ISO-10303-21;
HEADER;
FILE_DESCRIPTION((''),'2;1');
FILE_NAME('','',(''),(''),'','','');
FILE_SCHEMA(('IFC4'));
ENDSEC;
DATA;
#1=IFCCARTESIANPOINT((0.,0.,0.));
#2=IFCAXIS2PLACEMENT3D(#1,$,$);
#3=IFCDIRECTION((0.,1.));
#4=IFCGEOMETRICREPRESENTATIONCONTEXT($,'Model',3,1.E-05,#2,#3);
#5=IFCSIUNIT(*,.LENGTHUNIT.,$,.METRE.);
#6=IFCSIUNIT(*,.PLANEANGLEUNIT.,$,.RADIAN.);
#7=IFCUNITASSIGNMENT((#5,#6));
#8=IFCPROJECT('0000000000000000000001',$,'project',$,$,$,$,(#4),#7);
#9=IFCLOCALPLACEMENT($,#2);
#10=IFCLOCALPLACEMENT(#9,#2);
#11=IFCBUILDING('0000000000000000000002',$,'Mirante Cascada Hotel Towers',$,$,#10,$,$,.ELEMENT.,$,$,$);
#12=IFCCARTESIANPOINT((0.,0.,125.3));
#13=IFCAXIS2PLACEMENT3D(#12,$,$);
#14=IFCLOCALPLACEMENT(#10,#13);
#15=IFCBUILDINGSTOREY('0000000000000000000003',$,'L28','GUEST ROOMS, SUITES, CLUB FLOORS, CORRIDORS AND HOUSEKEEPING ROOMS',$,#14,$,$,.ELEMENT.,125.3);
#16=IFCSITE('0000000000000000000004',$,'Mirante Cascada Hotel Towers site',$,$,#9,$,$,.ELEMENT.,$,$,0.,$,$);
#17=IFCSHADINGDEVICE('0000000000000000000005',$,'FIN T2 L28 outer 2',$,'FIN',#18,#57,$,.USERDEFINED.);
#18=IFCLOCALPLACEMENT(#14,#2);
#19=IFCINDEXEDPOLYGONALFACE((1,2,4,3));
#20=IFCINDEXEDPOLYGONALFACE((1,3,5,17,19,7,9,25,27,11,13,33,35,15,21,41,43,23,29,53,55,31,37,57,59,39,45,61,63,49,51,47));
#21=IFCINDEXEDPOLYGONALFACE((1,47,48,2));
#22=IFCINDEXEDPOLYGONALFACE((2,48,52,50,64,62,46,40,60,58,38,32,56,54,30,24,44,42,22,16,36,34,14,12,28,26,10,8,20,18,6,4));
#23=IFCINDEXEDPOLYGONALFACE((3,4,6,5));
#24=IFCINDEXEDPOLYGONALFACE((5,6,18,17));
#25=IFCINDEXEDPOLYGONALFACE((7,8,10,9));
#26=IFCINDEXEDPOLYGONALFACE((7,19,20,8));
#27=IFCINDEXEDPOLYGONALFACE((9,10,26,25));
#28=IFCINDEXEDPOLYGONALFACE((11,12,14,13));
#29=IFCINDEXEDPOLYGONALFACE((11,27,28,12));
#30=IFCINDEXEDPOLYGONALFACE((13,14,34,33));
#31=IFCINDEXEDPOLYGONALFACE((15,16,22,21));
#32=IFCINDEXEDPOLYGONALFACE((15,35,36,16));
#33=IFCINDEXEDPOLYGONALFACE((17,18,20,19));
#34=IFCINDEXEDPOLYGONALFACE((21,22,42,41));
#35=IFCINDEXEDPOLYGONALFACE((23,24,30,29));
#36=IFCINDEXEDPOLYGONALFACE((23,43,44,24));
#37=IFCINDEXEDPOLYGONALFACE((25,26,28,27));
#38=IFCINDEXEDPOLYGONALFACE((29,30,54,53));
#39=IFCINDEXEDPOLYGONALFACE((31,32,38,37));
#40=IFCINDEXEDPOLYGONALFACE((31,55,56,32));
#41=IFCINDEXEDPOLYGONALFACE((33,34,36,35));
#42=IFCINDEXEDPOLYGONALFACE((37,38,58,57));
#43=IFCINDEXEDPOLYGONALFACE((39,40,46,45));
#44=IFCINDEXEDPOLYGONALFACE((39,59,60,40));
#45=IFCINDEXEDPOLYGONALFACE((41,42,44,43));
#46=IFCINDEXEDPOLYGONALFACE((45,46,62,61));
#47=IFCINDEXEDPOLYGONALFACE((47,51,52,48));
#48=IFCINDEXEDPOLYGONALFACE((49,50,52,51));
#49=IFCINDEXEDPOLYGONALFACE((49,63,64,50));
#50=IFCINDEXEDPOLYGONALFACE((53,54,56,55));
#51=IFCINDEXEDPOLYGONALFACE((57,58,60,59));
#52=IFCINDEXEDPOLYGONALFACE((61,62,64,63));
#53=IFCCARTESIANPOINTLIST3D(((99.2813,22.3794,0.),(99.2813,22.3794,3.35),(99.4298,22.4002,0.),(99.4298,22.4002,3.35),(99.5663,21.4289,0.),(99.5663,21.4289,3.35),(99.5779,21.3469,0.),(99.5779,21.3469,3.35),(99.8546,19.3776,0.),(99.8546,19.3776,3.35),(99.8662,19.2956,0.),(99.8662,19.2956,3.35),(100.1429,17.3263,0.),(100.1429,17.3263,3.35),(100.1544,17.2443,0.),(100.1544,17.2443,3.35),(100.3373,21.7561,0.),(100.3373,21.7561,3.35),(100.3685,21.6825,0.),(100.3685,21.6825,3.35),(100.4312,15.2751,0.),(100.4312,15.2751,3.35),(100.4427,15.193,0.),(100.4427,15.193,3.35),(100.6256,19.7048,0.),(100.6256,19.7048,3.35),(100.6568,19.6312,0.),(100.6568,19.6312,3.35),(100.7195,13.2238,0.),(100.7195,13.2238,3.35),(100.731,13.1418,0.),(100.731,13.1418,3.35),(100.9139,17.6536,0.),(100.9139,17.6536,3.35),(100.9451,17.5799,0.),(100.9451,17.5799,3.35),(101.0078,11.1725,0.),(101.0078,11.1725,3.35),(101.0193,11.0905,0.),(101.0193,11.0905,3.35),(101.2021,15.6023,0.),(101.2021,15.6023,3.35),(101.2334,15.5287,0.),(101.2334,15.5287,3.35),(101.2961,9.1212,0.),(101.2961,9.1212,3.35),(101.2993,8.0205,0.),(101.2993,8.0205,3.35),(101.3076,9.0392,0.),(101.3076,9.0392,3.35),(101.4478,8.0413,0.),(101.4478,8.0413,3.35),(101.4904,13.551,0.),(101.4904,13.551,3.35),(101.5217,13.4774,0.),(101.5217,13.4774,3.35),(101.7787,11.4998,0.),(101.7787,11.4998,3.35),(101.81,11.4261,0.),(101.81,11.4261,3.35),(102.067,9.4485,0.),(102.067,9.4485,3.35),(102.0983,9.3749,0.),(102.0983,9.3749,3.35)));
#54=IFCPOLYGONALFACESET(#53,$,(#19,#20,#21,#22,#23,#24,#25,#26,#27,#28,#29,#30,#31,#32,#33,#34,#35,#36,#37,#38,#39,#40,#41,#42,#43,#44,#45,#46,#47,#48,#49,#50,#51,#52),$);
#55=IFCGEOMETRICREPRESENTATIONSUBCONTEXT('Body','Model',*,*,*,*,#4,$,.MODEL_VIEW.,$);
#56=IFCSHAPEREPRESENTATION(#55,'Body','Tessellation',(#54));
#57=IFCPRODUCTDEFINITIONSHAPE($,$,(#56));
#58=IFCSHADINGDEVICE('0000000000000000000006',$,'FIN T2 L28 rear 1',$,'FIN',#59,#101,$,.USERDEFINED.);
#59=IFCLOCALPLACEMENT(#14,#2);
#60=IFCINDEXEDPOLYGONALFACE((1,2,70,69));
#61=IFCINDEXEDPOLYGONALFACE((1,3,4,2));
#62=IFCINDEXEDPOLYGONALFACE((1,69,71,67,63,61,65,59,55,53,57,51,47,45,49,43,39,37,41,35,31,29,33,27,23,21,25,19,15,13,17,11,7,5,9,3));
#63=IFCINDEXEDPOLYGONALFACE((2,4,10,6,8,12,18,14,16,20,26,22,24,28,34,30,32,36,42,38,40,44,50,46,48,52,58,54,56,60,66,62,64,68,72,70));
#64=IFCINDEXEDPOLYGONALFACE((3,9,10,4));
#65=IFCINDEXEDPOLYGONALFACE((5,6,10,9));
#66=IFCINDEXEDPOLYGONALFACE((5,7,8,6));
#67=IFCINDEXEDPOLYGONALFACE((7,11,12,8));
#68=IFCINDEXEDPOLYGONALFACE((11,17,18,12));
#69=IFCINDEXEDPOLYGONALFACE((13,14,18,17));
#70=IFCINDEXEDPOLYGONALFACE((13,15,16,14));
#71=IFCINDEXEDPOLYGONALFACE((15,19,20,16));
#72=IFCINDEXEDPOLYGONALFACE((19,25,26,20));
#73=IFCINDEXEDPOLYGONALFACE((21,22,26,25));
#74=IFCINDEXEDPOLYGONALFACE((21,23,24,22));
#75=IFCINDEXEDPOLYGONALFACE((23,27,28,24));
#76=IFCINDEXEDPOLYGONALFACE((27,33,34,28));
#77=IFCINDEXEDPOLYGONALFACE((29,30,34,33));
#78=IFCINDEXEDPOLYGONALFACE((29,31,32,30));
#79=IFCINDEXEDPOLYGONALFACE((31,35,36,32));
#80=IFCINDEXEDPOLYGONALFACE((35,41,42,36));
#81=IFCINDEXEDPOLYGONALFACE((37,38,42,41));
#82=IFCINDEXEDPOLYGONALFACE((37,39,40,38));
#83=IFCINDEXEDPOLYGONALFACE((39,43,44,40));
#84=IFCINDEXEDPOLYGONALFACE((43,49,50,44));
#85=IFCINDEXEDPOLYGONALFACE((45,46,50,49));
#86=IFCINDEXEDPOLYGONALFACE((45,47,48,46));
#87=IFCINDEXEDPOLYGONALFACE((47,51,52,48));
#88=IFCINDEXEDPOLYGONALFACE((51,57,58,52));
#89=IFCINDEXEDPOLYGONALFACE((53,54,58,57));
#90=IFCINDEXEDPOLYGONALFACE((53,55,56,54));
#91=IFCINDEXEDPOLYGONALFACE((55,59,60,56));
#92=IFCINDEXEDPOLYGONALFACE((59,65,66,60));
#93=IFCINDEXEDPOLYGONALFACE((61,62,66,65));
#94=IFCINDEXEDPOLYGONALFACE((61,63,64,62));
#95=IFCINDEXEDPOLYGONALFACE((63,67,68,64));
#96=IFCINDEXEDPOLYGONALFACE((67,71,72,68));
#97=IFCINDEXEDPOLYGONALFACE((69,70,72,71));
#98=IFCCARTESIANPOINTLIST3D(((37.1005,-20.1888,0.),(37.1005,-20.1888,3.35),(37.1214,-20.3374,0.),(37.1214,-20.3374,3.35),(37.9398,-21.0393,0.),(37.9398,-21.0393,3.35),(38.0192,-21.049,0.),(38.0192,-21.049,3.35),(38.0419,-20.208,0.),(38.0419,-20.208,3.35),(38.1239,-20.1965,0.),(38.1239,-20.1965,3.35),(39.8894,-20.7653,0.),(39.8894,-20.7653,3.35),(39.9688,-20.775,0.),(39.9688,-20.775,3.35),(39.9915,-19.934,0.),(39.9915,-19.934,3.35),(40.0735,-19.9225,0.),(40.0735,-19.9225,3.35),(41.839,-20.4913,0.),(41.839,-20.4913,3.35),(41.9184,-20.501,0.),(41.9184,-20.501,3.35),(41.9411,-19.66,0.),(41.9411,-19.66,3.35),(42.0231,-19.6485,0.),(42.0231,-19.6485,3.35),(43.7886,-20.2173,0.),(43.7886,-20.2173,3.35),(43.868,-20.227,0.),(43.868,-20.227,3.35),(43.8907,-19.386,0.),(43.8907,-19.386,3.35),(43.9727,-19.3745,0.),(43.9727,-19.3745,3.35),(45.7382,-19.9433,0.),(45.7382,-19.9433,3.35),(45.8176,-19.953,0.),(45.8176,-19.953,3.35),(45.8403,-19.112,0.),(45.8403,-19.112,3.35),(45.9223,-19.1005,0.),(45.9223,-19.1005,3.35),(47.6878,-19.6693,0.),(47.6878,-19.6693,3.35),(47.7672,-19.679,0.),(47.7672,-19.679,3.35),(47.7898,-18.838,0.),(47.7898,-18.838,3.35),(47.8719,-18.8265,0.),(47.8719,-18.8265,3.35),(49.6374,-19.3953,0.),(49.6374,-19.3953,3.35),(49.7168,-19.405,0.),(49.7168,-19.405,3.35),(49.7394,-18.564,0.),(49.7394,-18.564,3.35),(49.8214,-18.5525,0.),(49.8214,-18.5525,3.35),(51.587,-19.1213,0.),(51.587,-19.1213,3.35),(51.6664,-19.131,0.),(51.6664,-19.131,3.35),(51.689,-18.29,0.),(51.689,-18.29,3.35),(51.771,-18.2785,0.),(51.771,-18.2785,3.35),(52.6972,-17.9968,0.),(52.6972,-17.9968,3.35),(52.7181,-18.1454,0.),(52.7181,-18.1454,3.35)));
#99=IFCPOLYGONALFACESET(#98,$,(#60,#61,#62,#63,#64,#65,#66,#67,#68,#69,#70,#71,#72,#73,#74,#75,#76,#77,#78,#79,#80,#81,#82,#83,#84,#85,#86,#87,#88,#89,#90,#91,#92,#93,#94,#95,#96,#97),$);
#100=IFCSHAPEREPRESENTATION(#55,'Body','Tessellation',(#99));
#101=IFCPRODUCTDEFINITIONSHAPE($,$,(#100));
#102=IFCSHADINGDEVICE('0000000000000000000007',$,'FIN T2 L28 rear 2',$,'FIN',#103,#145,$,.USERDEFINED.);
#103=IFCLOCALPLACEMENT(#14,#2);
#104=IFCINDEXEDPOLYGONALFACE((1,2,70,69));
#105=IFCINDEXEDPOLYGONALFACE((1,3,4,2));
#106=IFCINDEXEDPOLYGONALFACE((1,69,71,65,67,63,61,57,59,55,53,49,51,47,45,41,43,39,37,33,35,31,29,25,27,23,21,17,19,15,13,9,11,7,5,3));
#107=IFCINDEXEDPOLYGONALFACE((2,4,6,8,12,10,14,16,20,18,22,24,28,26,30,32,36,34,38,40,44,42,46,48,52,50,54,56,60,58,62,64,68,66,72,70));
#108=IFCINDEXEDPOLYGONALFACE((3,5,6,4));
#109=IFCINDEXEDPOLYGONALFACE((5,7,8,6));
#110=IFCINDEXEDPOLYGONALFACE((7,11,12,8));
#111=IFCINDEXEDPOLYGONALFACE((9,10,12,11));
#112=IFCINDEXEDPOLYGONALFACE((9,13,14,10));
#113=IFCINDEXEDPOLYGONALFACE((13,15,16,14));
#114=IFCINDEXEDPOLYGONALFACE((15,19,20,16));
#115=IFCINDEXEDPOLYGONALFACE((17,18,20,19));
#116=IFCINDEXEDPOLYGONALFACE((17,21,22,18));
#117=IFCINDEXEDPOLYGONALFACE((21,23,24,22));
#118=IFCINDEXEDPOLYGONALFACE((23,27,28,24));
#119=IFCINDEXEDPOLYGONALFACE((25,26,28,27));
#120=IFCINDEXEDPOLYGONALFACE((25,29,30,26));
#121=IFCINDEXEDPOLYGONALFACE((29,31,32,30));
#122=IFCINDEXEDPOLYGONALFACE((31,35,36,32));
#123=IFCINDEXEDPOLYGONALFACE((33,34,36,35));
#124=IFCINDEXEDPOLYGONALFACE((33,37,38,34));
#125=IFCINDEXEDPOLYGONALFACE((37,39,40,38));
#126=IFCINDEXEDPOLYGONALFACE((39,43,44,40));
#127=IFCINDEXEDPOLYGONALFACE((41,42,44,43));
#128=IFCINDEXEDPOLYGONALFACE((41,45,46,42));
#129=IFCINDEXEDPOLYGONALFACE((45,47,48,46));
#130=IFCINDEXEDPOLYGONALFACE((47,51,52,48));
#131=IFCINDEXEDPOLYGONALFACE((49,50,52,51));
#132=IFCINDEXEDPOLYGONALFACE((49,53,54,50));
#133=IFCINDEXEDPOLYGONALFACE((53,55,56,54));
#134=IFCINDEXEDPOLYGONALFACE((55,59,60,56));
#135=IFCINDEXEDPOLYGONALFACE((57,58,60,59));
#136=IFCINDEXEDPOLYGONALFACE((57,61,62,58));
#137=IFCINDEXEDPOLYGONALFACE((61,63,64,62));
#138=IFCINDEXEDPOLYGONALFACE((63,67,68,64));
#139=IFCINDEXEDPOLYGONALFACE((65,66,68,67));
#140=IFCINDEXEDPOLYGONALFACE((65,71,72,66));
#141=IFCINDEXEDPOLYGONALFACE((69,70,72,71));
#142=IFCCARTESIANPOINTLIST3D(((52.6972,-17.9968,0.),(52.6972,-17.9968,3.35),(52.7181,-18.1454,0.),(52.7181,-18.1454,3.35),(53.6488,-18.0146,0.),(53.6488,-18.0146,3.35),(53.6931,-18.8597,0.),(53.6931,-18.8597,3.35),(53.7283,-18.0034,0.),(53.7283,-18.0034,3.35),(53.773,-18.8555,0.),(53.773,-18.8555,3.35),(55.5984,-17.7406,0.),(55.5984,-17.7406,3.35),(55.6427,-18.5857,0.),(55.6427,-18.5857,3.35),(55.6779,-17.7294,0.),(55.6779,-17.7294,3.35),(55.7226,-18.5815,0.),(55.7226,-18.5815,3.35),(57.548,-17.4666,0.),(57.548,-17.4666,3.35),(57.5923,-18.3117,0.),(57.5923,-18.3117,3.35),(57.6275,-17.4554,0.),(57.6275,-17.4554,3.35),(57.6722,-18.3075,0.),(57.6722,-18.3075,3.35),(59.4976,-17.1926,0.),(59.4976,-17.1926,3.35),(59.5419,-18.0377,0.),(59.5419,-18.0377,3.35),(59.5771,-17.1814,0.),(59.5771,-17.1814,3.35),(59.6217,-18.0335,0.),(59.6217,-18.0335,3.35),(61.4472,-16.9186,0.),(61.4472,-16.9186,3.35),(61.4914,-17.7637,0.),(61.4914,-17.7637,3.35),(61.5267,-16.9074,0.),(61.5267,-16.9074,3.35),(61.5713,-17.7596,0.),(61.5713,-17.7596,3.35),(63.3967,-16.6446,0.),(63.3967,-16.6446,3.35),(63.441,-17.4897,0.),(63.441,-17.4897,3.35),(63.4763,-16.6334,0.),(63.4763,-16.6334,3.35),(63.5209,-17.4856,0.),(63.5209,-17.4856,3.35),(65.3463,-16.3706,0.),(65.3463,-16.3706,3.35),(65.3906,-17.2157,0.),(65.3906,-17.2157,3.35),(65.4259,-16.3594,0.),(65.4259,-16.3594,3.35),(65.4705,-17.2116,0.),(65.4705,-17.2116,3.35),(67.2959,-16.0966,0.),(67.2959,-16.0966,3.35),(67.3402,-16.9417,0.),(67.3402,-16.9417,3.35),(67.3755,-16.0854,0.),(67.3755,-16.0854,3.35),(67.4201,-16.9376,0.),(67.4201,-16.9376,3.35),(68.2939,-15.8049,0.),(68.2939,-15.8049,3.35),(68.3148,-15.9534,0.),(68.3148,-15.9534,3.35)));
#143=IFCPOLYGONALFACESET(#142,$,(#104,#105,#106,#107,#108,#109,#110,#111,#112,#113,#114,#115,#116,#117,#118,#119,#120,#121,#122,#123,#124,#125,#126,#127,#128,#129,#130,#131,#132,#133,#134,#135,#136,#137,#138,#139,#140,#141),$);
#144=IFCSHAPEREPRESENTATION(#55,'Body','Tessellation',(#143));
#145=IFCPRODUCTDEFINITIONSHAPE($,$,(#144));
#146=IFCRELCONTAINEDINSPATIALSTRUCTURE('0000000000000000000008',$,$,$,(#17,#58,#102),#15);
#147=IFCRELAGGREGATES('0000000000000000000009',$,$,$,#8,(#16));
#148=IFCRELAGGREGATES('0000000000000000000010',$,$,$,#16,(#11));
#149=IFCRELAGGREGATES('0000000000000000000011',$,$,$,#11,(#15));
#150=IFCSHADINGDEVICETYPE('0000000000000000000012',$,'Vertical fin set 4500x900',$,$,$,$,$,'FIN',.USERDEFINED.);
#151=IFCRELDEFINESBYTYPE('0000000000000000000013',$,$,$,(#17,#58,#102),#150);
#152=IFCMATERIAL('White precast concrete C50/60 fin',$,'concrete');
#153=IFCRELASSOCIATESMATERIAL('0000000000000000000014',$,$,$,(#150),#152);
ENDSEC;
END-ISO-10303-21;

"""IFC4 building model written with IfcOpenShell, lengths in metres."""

from ifc_helpers import new_model, si_unit, direction, frame, origin, place, context, subcontext, project, spatial, polyline, outline, extrude, material, type_object, element, save


model = new_model("IFC4")

# Units and contexts
model_context = context("Model", 3, precision=1e-05, world=origin(), true_north=direction((0.0, 1.0)))
body_context = subcontext(model_context, "Body", "Model", "MODEL_VIEW")
ifc_project = project(units=[si_unit("LENGTHUNIT", "METRE"), si_unit("PLANEANGLEUNIT", "RADIAN")], contexts=[model_context])

# Site, building, storey
site_placement = place(None, origin())
site = spatial("IfcSite", under=ifc_project, at=site_placement, Name="Mirante Cascada Hotel Towers site", CompositionType="ELEMENT", RefElevation=0.0)
building_placement = place(site_placement, origin())
building = spatial("IfcBuilding", under=site, at=building_placement, Name="Mirante Cascada Hotel Towers", CompositionType="ELEMENT")
storey_placement = place(building_placement, frame((0.0, 0.0, 125.3)))
storey = spatial("IfcBuildingStorey", under=building, at=storey_placement, Name="L28", Description="GUEST ROOMS, SUITES, CLUB FLOORS, CORRIDORS AND HOUSEKEEPING ROOMS", CompositionType="ELEMENT", Elevation=125.3)

# Shading devices
ifc_material_1 = material(Name="White precast concrete C50/60 fin", Category="concrete")
shading_device_type = type_object("IfcShadingDeviceType", Name="Vertical fin set 4500x900", ElementType="FIN", PredefinedType="USERDEFINED", material=ifc_material_1)
shading_device_1_placement = place(storey_placement, origin())
element("IfcShadingDevice", 1, at=shading_device_1_placement, inside=storey, type_object=shading_device_type, Name="FIN T2 L28 outer 2", ObjectType="FIN", PredefinedType="USERDEFINED", context=body_context, shape_type="SweptSolid", body=[
    extrude(outline(polyline([(102.0983, 9.3749), (101.3076, 9.0392), (101.4478, 8.0413), (101.2993, 8.0205), (99.2813, 22.3794), (99.4298, 22.4002), (99.5663, 21.4289), (100.3373, 21.7561), (100.3685, 21.6825), (99.5779, 21.3469), (99.8546, 19.3776), (100.6256, 19.7048), (100.6568, 19.6312), (99.8662, 19.2956), (100.1429, 17.3263), (100.9139, 17.6536), (100.9451, 17.5799), (100.1544, 17.2443), (100.4312, 15.2751), (101.2021, 15.6023), (101.2334, 15.5287), (100.4427, 15.193), (100.7195, 13.2238), (101.4904, 13.551), (101.5217, 13.4774), (100.731, 13.1418), (101.0078, 11.1725), (101.7787, 11.4998), (101.81, 11.4261), (101.0193, 11.0905), (101.2961, 9.1212), (102.067, 9.4485), (102.0983, 9.3749)])), origin(), (0.0, 0.0, 1.0), 3.35),
])
shading_device_2_placement = place(storey_placement, origin())
element("IfcShadingDevice", 2, at=shading_device_2_placement, inside=storey, type_object=shading_device_type, Name="FIN T2 L28 rear 1", ObjectType="FIN", PredefinedType="USERDEFINED", context=body_context, shape_type="SweptSolid", body=[
    extrude(outline(polyline([(37.9398, -21.0393), (38.0419, -20.208), (37.1214, -20.3374), (37.1005, -20.1888), (52.6972, -17.9968), (52.7181, -18.1454), (51.771, -18.2785), (51.6664, -19.131), (51.587, -19.1213), (51.689, -18.29), (49.8214, -18.5525), (49.7168, -19.405), (49.6374, -19.3953), (49.7394, -18.564), (47.8719, -18.8265), (47.7672, -19.679), (47.6878, -19.6693), (47.7898, -18.838), (45.9223, -19.1005), (45.8176, -19.953), (45.7382, -19.9433), (45.8403, -19.112), (43.9727, -19.3745), (43.868, -20.227), (43.7886, -20.2173), (43.8907, -19.386), (42.0231, -19.6485), (41.9184, -20.501), (41.839, -20.4913), (41.9411, -19.66), (40.0735, -19.9225), (39.9688, -20.775), (39.8894, -20.7653), (39.9915, -19.934), (38.1239, -20.1965), (38.0192, -21.049), (37.9398, -21.0393)])), origin(), (0.0, 0.0, 1.0), 3.35),
])
shading_device_3_placement = place(storey_placement, origin())
element("IfcShadingDevice", 3, at=shading_device_3_placement, inside=storey, type_object=shading_device_type, Name="FIN T2 L28 rear 2", ObjectType="FIN", PredefinedType="USERDEFINED", context=body_context, shape_type="SweptSolid", body=[
    extrude(outline(polyline([(53.6931, -18.8597), (53.6488, -18.0146), (52.7181, -18.1454), (52.6972, -17.9968), (68.2939, -15.8049), (68.3148, -15.9534), (67.3755, -16.0854), (67.4201, -16.9376), (67.3402, -16.9417), (67.2959, -16.0966), (65.4259, -16.3594), (65.4705, -17.2116), (65.3906, -17.2157), (65.3463, -16.3706), (63.4763, -16.6334), (63.5209, -17.4856), (63.441, -17.4897), (63.3967, -16.6446), (61.5267, -16.9074), (61.5713, -17.7596), (61.4914, -17.7637), (61.4472, -16.9186), (59.5771, -17.1814), (59.6217, -18.0335), (59.5419, -18.0377), (59.4976, -17.1926), (57.6275, -17.4554), (57.6722, -18.3075), (57.5923, -18.3117), (57.548, -17.4666), (55.6779, -17.7294), (55.7226, -18.5815), (55.6427, -18.5857), (55.5984, -17.7406), (53.7283, -18.0034), (53.773, -18.8555), (53.6931, -18.8597)])), origin(), (0.0, 0.0, 1.0), 3.35),
])

save(model, "model.ifc")
